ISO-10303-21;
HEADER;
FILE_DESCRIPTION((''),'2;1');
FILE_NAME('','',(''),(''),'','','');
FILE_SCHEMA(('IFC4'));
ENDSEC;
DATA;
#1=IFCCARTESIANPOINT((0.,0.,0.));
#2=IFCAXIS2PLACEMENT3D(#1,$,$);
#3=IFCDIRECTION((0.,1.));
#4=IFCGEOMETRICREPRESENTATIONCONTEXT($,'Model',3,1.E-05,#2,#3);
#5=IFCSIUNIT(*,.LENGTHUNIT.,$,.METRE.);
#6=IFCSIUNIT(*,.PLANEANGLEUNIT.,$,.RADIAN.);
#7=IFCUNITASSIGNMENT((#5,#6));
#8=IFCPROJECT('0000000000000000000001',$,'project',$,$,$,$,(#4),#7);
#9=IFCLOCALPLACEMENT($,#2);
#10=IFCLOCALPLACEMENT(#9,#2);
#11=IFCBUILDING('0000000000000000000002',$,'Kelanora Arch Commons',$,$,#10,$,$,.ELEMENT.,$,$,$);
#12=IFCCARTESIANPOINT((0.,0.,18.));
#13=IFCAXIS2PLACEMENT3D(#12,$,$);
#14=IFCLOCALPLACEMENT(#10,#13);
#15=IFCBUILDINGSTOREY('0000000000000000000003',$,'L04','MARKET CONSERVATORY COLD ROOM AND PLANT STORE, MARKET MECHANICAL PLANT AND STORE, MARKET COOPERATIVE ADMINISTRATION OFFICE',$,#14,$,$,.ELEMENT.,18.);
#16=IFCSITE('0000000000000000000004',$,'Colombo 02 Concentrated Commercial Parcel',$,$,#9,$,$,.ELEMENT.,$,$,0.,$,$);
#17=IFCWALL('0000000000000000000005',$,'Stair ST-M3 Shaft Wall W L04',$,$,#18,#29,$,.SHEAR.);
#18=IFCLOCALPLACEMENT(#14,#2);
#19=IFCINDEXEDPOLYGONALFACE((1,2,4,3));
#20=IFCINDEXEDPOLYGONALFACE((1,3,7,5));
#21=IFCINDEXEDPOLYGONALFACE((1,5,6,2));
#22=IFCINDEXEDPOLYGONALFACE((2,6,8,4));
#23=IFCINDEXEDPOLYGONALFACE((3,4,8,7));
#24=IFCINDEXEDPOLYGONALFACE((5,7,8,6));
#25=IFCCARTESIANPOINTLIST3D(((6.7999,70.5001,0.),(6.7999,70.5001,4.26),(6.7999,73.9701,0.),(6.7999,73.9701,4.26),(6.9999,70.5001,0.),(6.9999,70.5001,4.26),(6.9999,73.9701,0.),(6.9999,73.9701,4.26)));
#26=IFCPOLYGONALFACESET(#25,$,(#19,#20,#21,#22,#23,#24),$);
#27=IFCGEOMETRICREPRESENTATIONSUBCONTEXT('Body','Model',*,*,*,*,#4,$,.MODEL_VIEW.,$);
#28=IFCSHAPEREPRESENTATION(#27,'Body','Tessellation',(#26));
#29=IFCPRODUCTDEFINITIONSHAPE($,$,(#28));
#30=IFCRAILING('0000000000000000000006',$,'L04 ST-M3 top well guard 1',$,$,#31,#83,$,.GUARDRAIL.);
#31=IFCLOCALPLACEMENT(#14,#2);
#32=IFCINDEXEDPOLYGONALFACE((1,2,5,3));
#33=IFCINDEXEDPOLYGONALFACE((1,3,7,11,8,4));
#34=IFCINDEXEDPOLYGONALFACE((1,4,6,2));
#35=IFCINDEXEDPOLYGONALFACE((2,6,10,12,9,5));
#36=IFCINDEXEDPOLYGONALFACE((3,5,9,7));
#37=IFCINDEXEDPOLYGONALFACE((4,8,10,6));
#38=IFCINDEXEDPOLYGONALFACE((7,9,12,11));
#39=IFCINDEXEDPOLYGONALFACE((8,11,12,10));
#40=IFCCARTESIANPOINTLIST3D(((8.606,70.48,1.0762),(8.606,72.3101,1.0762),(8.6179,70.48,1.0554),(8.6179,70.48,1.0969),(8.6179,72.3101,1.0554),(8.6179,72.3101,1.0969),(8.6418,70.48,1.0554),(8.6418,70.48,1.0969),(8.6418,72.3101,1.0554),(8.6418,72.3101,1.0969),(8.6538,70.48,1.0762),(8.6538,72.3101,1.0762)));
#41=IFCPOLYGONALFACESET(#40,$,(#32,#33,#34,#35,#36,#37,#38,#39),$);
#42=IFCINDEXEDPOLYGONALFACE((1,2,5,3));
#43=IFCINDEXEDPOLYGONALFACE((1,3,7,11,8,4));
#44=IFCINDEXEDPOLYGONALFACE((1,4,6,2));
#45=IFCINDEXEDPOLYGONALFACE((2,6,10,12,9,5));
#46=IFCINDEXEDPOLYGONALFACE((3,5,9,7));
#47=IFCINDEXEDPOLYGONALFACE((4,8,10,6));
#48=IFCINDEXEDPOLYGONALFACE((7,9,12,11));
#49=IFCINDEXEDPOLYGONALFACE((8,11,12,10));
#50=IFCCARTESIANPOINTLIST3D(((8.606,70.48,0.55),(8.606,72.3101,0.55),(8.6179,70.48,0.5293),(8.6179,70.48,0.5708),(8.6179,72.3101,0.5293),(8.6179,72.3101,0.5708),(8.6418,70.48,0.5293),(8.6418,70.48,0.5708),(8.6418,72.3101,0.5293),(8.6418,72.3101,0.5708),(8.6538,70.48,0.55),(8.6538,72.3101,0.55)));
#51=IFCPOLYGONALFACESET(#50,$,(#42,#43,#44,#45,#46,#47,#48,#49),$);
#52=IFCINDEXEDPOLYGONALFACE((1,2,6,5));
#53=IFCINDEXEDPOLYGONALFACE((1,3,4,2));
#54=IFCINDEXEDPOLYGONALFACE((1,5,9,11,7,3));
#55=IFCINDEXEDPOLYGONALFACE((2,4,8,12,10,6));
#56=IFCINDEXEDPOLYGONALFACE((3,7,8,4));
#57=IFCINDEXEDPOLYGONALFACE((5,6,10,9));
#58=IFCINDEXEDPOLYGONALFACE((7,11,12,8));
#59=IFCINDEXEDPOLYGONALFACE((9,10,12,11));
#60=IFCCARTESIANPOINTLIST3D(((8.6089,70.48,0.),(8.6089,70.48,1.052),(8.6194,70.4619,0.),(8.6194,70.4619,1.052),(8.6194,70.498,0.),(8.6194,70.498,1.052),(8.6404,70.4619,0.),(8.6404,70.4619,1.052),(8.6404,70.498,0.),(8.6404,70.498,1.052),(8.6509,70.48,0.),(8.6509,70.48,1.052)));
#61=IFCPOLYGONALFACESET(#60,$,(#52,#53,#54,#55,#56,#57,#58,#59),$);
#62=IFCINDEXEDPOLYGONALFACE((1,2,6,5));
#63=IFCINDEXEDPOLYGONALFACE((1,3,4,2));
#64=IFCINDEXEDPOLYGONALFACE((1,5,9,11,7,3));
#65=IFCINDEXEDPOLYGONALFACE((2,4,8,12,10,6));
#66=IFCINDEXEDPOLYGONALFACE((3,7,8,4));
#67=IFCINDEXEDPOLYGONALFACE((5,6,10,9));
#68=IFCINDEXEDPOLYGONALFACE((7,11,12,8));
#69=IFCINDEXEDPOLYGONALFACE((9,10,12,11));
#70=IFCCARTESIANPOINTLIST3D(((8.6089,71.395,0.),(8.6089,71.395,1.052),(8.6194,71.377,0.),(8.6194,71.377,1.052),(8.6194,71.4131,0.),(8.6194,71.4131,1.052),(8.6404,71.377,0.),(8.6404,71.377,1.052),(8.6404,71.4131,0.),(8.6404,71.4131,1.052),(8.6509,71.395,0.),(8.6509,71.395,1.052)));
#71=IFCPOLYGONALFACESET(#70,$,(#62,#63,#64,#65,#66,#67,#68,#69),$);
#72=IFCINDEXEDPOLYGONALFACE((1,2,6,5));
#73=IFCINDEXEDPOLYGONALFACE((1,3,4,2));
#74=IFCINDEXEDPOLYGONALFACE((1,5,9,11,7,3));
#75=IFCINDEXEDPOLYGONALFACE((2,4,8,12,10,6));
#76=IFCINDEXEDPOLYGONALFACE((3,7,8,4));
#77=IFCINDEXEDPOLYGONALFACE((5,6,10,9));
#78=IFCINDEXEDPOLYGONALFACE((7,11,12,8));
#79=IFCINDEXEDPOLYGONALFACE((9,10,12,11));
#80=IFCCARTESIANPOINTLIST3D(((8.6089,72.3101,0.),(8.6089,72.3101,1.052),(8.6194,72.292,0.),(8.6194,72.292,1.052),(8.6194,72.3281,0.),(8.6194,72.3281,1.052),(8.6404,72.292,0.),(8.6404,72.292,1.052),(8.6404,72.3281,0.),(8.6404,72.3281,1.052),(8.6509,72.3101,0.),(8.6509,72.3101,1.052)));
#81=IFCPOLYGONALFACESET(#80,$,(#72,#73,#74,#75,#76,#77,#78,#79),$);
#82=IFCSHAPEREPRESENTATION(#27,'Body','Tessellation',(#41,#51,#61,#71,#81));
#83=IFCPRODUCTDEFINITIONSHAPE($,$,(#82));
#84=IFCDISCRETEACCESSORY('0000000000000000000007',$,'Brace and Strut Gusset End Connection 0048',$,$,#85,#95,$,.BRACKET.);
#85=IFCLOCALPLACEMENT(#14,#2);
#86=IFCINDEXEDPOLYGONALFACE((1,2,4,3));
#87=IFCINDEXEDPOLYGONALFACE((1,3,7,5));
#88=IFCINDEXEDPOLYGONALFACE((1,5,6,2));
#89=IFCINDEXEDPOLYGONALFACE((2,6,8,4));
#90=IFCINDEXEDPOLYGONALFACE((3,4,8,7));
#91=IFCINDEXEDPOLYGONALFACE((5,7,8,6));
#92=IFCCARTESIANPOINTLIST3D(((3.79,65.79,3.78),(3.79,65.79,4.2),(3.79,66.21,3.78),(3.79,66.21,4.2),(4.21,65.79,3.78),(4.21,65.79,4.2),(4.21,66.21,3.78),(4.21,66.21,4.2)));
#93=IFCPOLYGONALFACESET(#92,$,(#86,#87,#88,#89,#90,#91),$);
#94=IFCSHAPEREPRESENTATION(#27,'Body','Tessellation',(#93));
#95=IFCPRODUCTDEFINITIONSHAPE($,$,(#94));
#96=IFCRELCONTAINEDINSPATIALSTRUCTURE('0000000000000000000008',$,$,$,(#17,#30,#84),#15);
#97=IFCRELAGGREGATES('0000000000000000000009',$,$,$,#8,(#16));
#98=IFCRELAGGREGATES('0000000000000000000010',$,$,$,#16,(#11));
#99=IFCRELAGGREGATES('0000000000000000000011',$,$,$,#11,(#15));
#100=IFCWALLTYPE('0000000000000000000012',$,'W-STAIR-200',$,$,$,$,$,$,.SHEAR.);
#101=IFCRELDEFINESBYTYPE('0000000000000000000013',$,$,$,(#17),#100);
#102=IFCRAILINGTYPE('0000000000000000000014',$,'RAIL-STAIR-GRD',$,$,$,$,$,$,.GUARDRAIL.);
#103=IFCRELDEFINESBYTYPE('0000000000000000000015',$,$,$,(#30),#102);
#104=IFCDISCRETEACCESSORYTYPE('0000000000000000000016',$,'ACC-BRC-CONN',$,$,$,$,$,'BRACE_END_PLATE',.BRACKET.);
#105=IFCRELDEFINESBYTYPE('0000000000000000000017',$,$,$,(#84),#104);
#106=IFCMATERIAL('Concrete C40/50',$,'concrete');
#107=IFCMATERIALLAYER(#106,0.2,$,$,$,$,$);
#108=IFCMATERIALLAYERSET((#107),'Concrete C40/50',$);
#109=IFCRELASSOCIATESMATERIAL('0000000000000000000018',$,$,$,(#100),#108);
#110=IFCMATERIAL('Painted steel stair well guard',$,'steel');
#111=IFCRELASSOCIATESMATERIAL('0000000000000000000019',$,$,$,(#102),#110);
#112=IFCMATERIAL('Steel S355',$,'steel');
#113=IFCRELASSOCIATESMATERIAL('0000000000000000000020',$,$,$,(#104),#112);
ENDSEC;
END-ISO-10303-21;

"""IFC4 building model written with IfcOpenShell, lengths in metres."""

from ifc_helpers import new_model, si_unit, direction, frame, frame_2d, origin, origin_2d, place, context, subcontext, project, spatial, polyline, rectangle, outline, extrude, source, transform, mapped, material, layer, layer_set, type_object, element, save


model = new_model("IFC4")

# Units and contexts
model_context = context("Model", 3, precision=1e-05, world=origin(), true_north=direction((0.0, 1.0)))
body_context = subcontext(model_context, "Body", "Model", "MODEL_VIEW")
ifc_project = project(units=[si_unit("LENGTHUNIT", "METRE"), si_unit("PLANEANGLEUNIT", "RADIAN")], contexts=[model_context])

# Site, building, storey
site_placement = place(None, origin())
site = spatial("IfcSite", under=ifc_project, at=site_placement, Name="Colombo 02 Concentrated Commercial Parcel", CompositionType="ELEMENT", RefElevation=0.0)
building_placement = place(site_placement, origin())
building = spatial("IfcBuilding", under=site, at=building_placement, Name="Kelanora Arch Commons", CompositionType="ELEMENT")
storey_placement = place(building_placement, frame((0.0, 0.0, 18.0)))
storey = spatial("IfcBuildingStorey", under=building, at=storey_placement, Name="L04", Description="MARKET CONSERVATORY COLD ROOM AND PLANT STORE, MARKET MECHANICAL PLANT AND STORE, MARKET COOPERATIVE ADMINISTRATION OFFICE", CompositionType="ELEMENT", Elevation=18.0)

# Shared definitions
ifc_material_1 = material(Name="Steel S355", Category="steel")

# Shared definitions
ifc_material_2 = material(Name="Concrete C40/50", Category="concrete")
ifc_layer_1 = layer(ifc_material_2, 0.2)
ifc_layer_set_1 = layer_set([ifc_layer_1], Name="Concrete C40/50")
wall_type_1 = type_object("IfcWallType", Name="W-STAIR-200", PredefinedType="SHEAR", material=ifc_layer_set_1)

# Wall
wall_1_placement = place(storey_placement, frame((6.8999, 73.97, 0.0), z_axis=(0.0, 0.0, 1.0), x_axis=(0.0, -1.0, 0.0)))
element("IfcWall", 1, at=wall_1_placement, inside=storey, type_object=wall_type_1, Name="Stair ST-M3 Shaft Wall W L04", PredefinedType="SHEAR", context=body_context, shape_type="SweptSolid", body=[
    extrude(rectangle(XDim=3.47, YDim=0.2, at=frame_2d((1.7349, 0.0))), origin(), (0.0, 0.0, 1.0), 4.26),
])

# Railing
ifc_material_3 = material(Name="Painted steel stair well guard", Category="steel")
railing_type = type_object("IfcRailingType", Name="RAIL-STAIR-GRD", PredefinedType="GUARDRAIL", material=ifc_material_3)
railing_placement = place(storey_placement, frame((8.6299, 70.48, 0.0)))
element("IfcRailing", 2, at=railing_placement, inside=storey, type_object=railing_type, Name="L04 ST-M3 top well guard 1", PredefinedType="GUARDRAIL", context=body_context, shape_type="SweptSolid", body=[
    extrude(outline(polyline([(0.0239, 0.0), (0.012, 0.0208), (-0.012, 0.0208), (-0.0239, 0.0), (-0.012, -0.0208), (0.012, -0.0208), (0.0239, 0.0)])), frame((0.0, 0.0, 1.0762), z_axis=(0.0, 1.0, 0.0), x_axis=(-1.0, 0.0, 0.0)), (0.0, 0.0, 1.0), 1.8301),
    extrude(outline(polyline([(0.0239, 0.0), (0.012, 0.0208), (-0.012, 0.0208), (-0.0239, 0.0), (-0.012, -0.0208), (0.012, -0.0208), (0.0239, 0.0)])), frame((0.0, 0.0, 0.55), z_axis=(0.0, 1.0, 0.0), x_axis=(-1.0, 0.0, 0.0)), (0.0, 0.0, 1.0), 1.8301),
    extrude(outline(polyline([(0.021, 0.0), (0.0105, 0.0181), (-0.0105, 0.0181), (-0.021, 0.0), (-0.0105, -0.0181), (0.0105, -0.0181), (0.021, 0.0)])), origin(), (0.0, 0.0, 1.0), 1.052),
    extrude(outline(polyline([(0.021, 0.0), (0.0105, 0.0181), (-0.0105, 0.0181), (-0.021, 0.0), (-0.0105, -0.0181), (0.0105, -0.0181), (0.021, 0.0)])), frame((0.0, 0.915, 0.0)), (0.0, 0.0, 1.0), 1.052),
    extrude(outline(polyline([(0.021, 0.0), (0.0105, 0.0181), (-0.0105, 0.0181), (-0.021, 0.0), (-0.0105, -0.0181), (0.0105, -0.0181), (0.021, 0.0)])), frame((0.0, 1.8301, 0.0)), (0.0, 0.0, 1.0), 1.052),
])

# Discrete accessory
discrete_accessory_type = type_object("IfcDiscreteAccessoryType", Name="ACC-BRC-CONN", ElementType="BRACE_END_PLATE", PredefinedType="BRACKET", material=ifc_material_1)
shared_shape = source(origin(), body_context, "Body", "SweptSolid", [
    extrude(rectangle(XDim=0.4199, YDim=0.4199, at=origin_2d()), origin(), (0.0, 0.0, 1.0), 0.4199),
])
discrete_accessory_placement = place(storey_placement, frame((4.0, 66.0, 3.78), z_axis=(0.0, 0.0, 1.0), x_axis=(0.0, 1.0, 0.0)))
element("IfcDiscreteAccessory", 3, at=discrete_accessory_placement, inside=storey, type_object=discrete_accessory_type, Name="Brace and Strut Gusset End Connection 0048", PredefinedType="BRACKET", context=body_context, shape_type="MappedRepresentation", body=[
    mapped(shared_shape, transform((0.0, 0.0, 0.0), scale=1.0)),
])

save(model, "model.ifc")
